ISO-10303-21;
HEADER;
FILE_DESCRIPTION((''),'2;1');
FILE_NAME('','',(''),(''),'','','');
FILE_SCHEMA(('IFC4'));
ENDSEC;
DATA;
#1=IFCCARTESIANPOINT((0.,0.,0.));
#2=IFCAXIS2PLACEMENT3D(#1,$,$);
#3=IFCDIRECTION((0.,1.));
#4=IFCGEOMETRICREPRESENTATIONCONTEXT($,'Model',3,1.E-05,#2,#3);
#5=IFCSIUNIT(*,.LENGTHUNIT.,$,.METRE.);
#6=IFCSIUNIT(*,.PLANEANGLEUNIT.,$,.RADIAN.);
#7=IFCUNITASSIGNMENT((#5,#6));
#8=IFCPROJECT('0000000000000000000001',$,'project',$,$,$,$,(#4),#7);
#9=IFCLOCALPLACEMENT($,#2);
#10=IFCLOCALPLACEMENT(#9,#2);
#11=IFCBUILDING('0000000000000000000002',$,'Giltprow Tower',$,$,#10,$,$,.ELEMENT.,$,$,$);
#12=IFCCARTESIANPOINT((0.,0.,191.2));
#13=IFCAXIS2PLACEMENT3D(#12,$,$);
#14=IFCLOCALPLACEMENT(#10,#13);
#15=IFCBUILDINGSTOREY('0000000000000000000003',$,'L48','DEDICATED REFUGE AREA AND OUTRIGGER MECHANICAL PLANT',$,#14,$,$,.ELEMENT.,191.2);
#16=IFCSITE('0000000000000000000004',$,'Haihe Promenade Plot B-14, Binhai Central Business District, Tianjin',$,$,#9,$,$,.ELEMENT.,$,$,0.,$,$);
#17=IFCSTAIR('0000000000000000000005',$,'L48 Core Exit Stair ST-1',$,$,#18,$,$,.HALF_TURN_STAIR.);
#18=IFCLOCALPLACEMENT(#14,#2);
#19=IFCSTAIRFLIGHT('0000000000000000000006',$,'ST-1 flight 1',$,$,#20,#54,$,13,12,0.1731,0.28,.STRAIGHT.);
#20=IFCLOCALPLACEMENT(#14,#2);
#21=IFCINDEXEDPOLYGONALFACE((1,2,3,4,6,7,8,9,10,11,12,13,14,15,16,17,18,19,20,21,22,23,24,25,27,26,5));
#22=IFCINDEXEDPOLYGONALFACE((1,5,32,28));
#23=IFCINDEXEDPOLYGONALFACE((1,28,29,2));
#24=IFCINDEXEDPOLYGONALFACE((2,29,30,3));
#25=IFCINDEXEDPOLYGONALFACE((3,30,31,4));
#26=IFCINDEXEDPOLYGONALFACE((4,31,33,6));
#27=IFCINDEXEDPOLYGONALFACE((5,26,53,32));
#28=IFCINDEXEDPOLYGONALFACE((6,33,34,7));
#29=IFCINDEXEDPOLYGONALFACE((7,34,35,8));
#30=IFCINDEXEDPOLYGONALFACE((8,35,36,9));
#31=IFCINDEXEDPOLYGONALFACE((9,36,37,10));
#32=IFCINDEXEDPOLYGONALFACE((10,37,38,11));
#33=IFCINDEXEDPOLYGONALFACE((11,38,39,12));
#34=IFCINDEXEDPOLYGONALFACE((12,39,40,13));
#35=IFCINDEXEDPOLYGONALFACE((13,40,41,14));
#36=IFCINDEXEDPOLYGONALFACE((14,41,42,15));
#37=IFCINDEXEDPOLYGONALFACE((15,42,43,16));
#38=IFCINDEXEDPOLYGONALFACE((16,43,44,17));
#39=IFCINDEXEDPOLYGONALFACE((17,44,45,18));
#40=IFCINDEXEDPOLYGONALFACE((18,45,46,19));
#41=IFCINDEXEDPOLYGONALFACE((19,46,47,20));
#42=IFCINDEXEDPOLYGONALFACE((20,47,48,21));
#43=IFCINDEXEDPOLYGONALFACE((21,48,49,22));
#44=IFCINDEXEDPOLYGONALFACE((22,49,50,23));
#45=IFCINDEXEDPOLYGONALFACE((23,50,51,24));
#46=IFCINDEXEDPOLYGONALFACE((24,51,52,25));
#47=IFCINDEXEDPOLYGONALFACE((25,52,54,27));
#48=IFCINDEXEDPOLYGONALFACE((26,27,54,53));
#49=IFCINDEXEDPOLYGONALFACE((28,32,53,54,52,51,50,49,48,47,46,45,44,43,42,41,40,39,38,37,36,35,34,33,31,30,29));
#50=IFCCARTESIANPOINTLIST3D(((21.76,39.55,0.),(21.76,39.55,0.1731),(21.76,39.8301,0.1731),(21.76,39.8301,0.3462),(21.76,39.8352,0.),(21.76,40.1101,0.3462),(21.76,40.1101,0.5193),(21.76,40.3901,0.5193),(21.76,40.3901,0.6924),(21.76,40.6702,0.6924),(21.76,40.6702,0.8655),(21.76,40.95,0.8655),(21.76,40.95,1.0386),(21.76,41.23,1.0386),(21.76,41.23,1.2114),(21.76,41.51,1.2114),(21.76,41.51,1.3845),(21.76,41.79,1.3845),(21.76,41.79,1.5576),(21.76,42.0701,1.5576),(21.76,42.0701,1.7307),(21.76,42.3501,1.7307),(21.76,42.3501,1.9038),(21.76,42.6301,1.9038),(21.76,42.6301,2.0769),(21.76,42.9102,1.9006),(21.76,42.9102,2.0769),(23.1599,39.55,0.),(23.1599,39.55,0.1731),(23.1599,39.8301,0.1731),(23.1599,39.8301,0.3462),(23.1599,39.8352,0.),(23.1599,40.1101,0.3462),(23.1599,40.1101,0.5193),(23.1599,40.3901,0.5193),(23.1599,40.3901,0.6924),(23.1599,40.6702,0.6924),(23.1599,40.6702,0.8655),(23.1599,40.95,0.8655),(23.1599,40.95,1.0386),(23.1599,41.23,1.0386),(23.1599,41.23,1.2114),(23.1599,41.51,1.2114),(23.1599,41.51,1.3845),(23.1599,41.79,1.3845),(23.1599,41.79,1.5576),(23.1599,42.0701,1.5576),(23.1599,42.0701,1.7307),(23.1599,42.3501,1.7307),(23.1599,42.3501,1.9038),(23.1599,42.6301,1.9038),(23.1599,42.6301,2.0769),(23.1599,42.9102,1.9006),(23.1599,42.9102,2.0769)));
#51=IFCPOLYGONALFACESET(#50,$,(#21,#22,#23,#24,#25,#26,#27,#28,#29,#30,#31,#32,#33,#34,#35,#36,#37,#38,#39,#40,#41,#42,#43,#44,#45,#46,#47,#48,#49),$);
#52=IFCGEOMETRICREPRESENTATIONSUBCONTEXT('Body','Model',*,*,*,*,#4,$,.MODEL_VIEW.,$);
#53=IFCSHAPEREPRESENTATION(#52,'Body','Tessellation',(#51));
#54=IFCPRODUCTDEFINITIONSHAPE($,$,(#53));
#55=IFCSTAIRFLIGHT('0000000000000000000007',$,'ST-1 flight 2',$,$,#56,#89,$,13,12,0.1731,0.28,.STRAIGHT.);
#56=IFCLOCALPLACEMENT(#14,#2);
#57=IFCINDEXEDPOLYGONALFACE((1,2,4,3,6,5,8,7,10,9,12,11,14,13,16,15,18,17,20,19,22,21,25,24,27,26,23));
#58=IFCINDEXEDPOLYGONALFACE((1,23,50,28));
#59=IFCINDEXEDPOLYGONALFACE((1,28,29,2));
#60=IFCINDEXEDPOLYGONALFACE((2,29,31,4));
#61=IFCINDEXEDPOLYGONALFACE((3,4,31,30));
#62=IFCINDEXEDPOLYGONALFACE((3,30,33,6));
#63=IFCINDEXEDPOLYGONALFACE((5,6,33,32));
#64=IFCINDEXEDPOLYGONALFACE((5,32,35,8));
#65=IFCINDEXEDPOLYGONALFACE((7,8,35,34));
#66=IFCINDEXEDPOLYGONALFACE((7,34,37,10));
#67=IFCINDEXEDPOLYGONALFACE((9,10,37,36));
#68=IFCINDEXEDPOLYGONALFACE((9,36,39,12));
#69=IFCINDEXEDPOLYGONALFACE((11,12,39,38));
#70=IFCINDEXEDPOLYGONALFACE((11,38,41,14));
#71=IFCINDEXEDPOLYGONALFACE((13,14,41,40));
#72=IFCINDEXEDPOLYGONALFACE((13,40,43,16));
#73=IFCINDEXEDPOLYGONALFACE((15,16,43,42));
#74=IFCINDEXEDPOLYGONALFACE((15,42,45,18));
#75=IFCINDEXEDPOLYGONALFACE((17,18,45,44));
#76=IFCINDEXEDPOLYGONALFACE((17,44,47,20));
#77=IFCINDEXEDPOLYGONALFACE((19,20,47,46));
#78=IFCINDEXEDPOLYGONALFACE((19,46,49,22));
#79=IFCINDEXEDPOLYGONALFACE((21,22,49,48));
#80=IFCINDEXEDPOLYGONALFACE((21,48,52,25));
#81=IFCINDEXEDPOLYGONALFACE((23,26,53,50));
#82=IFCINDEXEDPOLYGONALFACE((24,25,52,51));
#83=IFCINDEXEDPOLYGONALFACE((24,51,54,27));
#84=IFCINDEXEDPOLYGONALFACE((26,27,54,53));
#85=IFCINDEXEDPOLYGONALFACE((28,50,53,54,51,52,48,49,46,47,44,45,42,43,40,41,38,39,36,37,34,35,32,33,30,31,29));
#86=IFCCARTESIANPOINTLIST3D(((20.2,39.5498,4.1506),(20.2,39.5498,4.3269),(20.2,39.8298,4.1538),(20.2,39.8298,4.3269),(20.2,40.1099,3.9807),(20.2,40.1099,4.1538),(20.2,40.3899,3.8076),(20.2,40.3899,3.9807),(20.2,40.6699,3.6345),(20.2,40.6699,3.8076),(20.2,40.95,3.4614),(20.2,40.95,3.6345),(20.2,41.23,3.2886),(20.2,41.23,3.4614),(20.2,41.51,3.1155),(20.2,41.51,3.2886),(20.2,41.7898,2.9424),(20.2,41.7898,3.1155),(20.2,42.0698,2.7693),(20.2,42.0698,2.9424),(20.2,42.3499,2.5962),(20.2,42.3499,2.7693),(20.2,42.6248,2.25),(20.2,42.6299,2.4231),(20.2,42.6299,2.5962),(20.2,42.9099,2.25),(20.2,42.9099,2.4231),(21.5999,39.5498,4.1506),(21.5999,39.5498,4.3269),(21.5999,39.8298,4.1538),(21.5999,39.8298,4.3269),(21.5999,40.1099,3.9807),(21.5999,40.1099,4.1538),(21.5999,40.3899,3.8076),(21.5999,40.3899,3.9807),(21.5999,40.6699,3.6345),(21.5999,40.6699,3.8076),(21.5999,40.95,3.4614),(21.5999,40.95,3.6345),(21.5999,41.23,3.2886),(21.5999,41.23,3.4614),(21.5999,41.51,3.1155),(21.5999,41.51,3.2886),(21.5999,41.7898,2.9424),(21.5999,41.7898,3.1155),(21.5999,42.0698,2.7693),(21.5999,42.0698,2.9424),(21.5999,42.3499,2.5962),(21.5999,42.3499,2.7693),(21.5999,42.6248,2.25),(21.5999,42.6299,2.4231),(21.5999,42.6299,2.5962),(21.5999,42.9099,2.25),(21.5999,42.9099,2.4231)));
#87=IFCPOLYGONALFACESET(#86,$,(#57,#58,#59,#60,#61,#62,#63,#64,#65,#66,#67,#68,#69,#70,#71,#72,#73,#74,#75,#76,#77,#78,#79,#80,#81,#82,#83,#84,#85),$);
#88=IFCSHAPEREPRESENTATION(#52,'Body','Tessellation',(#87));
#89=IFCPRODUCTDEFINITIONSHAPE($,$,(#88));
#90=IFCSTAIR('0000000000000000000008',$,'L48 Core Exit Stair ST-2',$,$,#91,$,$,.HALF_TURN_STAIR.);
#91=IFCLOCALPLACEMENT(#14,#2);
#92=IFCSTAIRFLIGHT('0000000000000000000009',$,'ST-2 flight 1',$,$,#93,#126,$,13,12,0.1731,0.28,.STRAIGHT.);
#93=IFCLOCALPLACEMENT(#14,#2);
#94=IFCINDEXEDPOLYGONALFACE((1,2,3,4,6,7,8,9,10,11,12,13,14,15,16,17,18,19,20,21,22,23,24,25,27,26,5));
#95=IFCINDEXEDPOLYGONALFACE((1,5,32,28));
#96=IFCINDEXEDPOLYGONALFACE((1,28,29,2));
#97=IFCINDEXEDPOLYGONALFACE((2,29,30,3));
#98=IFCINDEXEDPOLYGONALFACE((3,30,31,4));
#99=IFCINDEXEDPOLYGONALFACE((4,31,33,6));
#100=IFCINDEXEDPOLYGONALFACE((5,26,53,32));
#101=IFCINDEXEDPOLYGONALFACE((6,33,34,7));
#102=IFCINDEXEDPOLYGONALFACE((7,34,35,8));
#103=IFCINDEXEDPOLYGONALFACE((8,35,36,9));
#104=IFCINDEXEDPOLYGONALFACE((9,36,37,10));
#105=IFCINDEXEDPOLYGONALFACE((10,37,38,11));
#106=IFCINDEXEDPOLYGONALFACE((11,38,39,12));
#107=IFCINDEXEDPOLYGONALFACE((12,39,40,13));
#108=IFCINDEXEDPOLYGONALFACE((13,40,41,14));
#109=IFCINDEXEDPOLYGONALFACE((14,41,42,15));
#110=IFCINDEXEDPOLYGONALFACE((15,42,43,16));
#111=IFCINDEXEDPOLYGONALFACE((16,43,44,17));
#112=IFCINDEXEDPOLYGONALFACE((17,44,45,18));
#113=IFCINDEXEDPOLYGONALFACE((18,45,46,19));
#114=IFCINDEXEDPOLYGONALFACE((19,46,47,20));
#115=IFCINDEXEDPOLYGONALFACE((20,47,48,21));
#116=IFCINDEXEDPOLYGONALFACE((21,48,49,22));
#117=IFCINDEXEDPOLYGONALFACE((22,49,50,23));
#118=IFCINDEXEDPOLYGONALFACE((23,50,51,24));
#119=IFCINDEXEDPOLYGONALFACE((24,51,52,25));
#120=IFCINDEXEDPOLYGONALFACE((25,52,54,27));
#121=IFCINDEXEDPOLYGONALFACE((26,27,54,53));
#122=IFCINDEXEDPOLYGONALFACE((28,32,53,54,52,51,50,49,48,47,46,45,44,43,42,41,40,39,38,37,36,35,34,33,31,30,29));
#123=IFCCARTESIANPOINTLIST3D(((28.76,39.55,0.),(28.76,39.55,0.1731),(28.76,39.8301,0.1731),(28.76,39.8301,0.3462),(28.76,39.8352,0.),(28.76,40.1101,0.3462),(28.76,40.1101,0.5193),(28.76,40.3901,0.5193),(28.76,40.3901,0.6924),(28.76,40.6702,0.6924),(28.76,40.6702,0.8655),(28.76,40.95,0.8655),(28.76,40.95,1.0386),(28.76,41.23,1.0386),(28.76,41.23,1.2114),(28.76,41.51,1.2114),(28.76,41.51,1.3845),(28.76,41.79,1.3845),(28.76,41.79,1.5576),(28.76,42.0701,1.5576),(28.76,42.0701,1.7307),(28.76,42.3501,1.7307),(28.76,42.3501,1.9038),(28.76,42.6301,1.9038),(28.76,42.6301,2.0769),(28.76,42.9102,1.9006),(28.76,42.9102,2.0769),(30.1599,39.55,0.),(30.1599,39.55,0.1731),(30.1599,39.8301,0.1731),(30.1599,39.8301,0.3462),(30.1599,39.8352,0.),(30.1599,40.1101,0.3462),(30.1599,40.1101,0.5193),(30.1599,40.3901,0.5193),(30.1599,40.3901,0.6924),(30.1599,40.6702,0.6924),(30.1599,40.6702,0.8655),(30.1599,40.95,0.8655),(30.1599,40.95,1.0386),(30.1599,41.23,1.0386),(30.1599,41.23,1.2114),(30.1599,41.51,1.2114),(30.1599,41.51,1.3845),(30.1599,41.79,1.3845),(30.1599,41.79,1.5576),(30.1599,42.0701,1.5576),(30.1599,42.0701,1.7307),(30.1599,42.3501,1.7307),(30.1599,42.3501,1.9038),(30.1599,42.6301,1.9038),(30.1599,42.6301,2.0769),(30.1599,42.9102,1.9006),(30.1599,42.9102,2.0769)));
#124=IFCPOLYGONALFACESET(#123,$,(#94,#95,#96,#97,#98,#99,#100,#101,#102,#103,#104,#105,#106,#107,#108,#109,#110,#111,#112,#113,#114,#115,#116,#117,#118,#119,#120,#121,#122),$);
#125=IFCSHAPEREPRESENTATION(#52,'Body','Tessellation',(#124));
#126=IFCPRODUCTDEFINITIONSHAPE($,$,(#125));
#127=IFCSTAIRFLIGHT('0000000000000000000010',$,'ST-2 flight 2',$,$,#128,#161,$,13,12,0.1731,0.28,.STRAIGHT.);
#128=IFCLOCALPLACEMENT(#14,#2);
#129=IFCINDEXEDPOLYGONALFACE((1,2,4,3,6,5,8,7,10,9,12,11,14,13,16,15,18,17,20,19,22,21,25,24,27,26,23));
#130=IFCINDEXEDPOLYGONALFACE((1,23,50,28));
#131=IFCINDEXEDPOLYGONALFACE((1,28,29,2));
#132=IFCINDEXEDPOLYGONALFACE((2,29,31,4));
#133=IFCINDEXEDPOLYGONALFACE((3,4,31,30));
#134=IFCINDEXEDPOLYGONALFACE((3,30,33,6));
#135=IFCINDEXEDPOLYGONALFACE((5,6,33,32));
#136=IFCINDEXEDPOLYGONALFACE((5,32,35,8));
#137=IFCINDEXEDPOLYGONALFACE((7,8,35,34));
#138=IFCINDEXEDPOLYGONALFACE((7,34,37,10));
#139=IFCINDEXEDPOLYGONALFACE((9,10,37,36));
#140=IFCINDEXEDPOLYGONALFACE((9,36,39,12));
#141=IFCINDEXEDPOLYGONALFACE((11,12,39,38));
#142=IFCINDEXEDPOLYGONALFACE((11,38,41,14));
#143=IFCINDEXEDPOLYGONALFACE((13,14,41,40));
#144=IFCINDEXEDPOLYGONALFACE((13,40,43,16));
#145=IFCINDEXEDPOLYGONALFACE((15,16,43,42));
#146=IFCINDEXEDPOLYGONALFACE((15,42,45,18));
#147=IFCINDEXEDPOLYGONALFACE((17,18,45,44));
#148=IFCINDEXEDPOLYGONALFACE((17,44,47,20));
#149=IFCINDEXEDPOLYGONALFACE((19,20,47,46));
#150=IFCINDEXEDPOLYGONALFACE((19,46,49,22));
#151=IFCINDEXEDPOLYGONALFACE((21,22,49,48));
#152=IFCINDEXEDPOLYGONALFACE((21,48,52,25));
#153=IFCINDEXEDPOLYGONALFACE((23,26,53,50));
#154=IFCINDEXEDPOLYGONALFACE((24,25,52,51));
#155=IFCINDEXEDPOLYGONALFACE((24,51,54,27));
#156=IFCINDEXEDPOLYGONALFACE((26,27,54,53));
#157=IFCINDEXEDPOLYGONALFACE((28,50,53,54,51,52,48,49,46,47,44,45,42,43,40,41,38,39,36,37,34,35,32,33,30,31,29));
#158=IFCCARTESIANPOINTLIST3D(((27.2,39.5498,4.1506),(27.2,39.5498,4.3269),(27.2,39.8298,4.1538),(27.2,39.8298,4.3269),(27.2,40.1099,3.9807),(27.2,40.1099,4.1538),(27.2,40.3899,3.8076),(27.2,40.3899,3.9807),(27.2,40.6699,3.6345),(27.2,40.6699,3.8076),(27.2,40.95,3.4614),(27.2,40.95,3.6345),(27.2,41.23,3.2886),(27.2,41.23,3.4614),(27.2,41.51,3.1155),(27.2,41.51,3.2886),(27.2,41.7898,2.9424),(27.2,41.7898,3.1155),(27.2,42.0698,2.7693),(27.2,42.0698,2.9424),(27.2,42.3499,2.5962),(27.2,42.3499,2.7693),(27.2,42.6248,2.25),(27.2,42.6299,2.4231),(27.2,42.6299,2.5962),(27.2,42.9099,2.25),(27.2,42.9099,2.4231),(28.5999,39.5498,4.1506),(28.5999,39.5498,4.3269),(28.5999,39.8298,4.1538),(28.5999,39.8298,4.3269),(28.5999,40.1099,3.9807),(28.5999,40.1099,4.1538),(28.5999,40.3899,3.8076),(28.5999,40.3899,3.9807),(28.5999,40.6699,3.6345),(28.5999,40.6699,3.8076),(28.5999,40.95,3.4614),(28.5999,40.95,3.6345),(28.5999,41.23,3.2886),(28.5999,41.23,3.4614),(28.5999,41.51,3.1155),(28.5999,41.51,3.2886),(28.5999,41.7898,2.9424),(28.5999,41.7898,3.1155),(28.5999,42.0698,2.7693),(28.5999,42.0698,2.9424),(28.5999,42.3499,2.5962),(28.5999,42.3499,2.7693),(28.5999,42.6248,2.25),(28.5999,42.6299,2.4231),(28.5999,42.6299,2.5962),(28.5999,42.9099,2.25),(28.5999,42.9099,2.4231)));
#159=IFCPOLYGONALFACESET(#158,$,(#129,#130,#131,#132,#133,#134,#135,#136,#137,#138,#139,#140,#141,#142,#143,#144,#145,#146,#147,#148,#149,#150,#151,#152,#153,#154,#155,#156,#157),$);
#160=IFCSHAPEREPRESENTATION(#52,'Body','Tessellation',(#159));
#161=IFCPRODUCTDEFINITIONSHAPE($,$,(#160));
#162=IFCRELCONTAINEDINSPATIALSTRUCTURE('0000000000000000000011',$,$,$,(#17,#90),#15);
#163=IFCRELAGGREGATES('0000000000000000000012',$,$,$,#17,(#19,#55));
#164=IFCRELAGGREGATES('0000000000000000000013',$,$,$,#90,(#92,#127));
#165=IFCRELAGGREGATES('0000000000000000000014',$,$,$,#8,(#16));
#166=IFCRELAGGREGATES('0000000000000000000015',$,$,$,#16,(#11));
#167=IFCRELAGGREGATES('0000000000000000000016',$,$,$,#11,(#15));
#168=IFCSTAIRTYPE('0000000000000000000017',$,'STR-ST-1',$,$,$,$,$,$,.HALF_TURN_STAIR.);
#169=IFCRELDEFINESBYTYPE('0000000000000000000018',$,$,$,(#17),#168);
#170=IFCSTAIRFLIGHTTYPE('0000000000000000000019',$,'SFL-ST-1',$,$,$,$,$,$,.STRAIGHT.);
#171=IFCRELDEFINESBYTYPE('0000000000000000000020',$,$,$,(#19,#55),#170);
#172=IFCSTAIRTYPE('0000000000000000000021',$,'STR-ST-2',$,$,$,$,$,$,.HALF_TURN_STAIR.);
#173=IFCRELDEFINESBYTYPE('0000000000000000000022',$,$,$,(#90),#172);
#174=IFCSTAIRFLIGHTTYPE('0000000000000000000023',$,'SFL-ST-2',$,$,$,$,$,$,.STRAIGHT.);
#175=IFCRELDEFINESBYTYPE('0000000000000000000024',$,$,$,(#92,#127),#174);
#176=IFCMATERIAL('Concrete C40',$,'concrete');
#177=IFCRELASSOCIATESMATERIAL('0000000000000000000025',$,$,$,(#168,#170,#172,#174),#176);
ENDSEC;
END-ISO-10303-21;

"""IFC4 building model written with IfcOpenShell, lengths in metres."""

from ifc_helpers import new_model, si_unit, direction, frame, origin, place, context, subcontext, project, spatial, polyline, outline, extrude, material, type_object, element, aggregate, save


model = new_model("IFC4")

# Units and contexts
model_context = context("Model", 3, precision=1e-05, world=origin(), true_north=direction((0.0, 1.0)))
body_context = subcontext(model_context, "Body", "Model", "MODEL_VIEW")
ifc_project = project(units=[si_unit("LENGTHUNIT", "METRE"), si_unit("PLANEANGLEUNIT", "RADIAN")], contexts=[model_context])

# Site, building, storey
site_placement = place(None, origin())
site = spatial("IfcSite", under=ifc_project, at=site_placement, Name="Haihe Promenade Plot B-14, Binhai Central Business District, Tianjin", CompositionType="ELEMENT", RefElevation=0.0)
building_placement = place(site_placement, origin())
building = spatial("IfcBuilding", under=site, at=building_placement, Name="Giltprow Tower", CompositionType="ELEMENT")
storey_placement = place(building_placement, frame((0.0, 0.0, 191.2)))
storey = spatial("IfcBuildingStorey", under=building, at=storey_placement, Name="L48", Description="DEDICATED REFUGE AREA AND OUTRIGGER MECHANICAL PLANT", CompositionType="ELEMENT", Elevation=191.2)

# Shared definitions
ifc_material_1 = material(Name="Concrete C40", Category="concrete")

# Stairs, stair flights
stair_type_1 = type_object("IfcStairType", Name="STR-ST-1", PredefinedType="HALF_TURN_STAIR", material=ifc_material_1)
stair_1_placement = place(storey_placement, origin())
stair_1 = element("IfcStair", 1, at=stair_1_placement, inside=storey, type_object=stair_type_1, Name="L48 Core Exit Stair ST-1", PredefinedType="HALF_TURN_STAIR")
stair_flight_type_1 = type_object("IfcStairFlightType", Name="SFL-ST-1", PredefinedType="STRAIGHT", material=ifc_material_1)
stair_flight_1_placement = place(storey_placement, frame((22.46, 39.55, 0.0), z_axis=(0.0, 0.0, 1.0), x_axis=(0.0, 1.0, 0.0)))
stair_flight_1 = element("IfcStairFlight", 2, at=stair_flight_1_placement, type_object=stair_flight_type_1, Name="ST-1 flight 1", NumberOfRisers=13, NumberOfTreads=12, PredefinedType="STRAIGHT", RiserHeight=0.1731, TreadLength=0.28, context=body_context, shape_type="SweptSolid", body=[
    extrude(outline(polyline([(0.0, 0.0), (0.0, 0.1731), (0.28, 0.1731), (0.28, 0.3462), (0.5601, 0.3462), (0.5601, 0.5193), (0.8401, 0.5193), (0.8401, 0.6924), (1.1201, 0.6924), (1.1201, 0.8655), (1.3999, 0.8655), (1.3999, 1.0386), (1.6799, 1.0386), (1.6799, 1.2114), (1.96, 1.2114), (1.96, 1.3845), (2.24, 1.3845), (2.24, 1.5576), (2.52, 1.5576), (2.52, 1.7307), (2.8, 1.7307), (2.8, 1.9038), (3.0801, 1.9038), (3.0801, 2.0769), (3.3601, 2.0769), (3.3601, 2.25), (3.3601, 1.9006), (0.2852, 0.0), (0.0, 0.0)])), frame((0.0, 0.7, 0.0), z_axis=(0.0, -1.0, 0.0), x_axis=(1.0, 0.0, 0.0)), (0.0, 0.0, 1.0), 1.3999),
])
stair_flight_2_placement = place(storey_placement, frame((20.8999, 42.9099, 2.25), z_axis=(0.0, 0.0, 1.0), x_axis=(0.0, -1.0, 0.0)))
stair_flight_2 = element("IfcStairFlight", 3, at=stair_flight_2_placement, type_object=stair_flight_type_1, Name="ST-1 flight 2", NumberOfRisers=13, NumberOfTreads=12, PredefinedType="STRAIGHT", RiserHeight=0.1731, TreadLength=0.28, context=body_context, shape_type="SweptSolid", body=[
    extrude(outline(polyline([(0.0, 0.0), (0.0, 0.1731), (0.28, 0.1731), (0.28, 0.3462), (0.5601, 0.3462), (0.5601, 0.5193), (0.8401, 0.5193), (0.8401, 0.6924), (1.1201, 0.6924), (1.1201, 0.8655), (1.3999, 0.8655), (1.3999, 1.0386), (1.6799, 1.0386), (1.6799, 1.2114), (1.96, 1.2114), (1.96, 1.3845), (2.24, 1.3845), (2.24, 1.5576), (2.52, 1.5576), (2.52, 1.7307), (2.8, 1.7307), (2.8, 1.9038), (3.0801, 1.9038), (3.0801, 2.0769), (3.3601, 2.0769), (3.3601, 2.25), (3.3601, 1.9006), (0.2852, 0.0), (0.0, 0.0)])), frame((0.0, 0.7, 0.0), z_axis=(0.0, -1.0, 0.0), x_axis=(1.0, 0.0, 0.0)), (0.0, 0.0, 1.0), 1.3999),
])
aggregate(stair_1, [stair_flight_1, stair_flight_2])
stair_type_2 = type_object("IfcStairType", Name="STR-ST-2", PredefinedType="HALF_TURN_STAIR", material=ifc_material_1)
stair_2_placement = place(storey_placement, origin())
stair_2 = element("IfcStair", 4, at=stair_2_placement, inside=storey, type_object=stair_type_2, Name="L48 Core Exit Stair ST-2", PredefinedType="HALF_TURN_STAIR")
stair_flight_type_2 = type_object("IfcStairFlightType", Name="SFL-ST-2", PredefinedType="STRAIGHT", material=ifc_material_1)
stair_flight_3_placement = place(storey_placement, frame((29.46, 39.55, 0.0), z_axis=(0.0, 0.0, 1.0), x_axis=(0.0, 1.0, 0.0)))
stair_flight_3 = element("IfcStairFlight", 5, at=stair_flight_3_placement, type_object=stair_flight_type_2, Name="ST-2 flight 1", NumberOfRisers=13, NumberOfTreads=12, PredefinedType="STRAIGHT", RiserHeight=0.1731, TreadLength=0.28, context=body_context, shape_type="SweptSolid", body=[
    extrude(outline(polyline([(0.0, 0.0), (0.0, 0.1731), (0.28, 0.1731), (0.28, 0.3462), (0.5601, 0.3462), (0.5601, 0.5193), (0.8401, 0.5193), (0.8401, 0.6924), (1.1201, 0.6924), (1.1201, 0.8655), (1.3999, 0.8655), (1.3999, 1.0386), (1.6799, 1.0386), (1.6799, 1.2114), (1.96, 1.2114), (1.96, 1.3845), (2.24, 1.3845), (2.24, 1.5576), (2.52, 1.5576), (2.52, 1.7307), (2.8, 1.7307), (2.8, 1.9038), (3.0801, 1.9038), (3.0801, 2.0769), (3.3601, 2.0769), (3.3601, 2.25), (3.3601, 1.9006), (0.2852, 0.0), (0.0, 0.0)])), frame((0.0, 0.7, 0.0), z_axis=(0.0, -1.0, 0.0), x_axis=(1.0, 0.0, 0.0)), (0.0, 0.0, 1.0), 1.3999),
])
stair_flight_4_placement = place(storey_placement, frame((27.8999, 42.9099, 2.25), z_axis=(0.0, 0.0, 1.0), x_axis=(0.0, -1.0, 0.0)))
stair_flight_4 = element("IfcStairFlight", 6, at=stair_flight_4_placement, type_object=stair_flight_type_2, Name="ST-2 flight 2", NumberOfRisers=13, NumberOfTreads=12, PredefinedType="STRAIGHT", RiserHeight=0.1731, TreadLength=0.28, context=body_context, shape_type="SweptSolid", body=[
    extrude(outline(polyline([(0.0, 0.0), (0.0, 0.1731), (0.28, 0.1731), (0.28, 0.3462), (0.5601, 0.3462), (0.5601, 0.5193), (0.8401, 0.5193), (0.8401, 0.6924), (1.1201, 0.6924), (1.1201, 0.8655), (1.3999, 0.8655), (1.3999, 1.0386), (1.6799, 1.0386), (1.6799, 1.2114), (1.96, 1.2114), (1.96, 1.3845), (2.24, 1.3845), (2.24, 1.5576), (2.52, 1.5576), (2.52, 1.7307), (2.8, 1.7307), (2.8, 1.9038), (3.0801, 1.9038), (3.0801, 2.0769), (3.3601, 2.0769), (3.3601, 2.25), (3.3601, 1.9006), (0.2852, 0.0), (0.0, 0.0)])), frame((0.0, 0.7, 0.0), z_axis=(0.0, -1.0, 0.0), x_axis=(1.0, 0.0, 0.0)), (0.0, 0.0, 1.0), 1.3999),
])
aggregate(stair_2, [stair_flight_3, stair_flight_4])

save(model, "model.ifc")
